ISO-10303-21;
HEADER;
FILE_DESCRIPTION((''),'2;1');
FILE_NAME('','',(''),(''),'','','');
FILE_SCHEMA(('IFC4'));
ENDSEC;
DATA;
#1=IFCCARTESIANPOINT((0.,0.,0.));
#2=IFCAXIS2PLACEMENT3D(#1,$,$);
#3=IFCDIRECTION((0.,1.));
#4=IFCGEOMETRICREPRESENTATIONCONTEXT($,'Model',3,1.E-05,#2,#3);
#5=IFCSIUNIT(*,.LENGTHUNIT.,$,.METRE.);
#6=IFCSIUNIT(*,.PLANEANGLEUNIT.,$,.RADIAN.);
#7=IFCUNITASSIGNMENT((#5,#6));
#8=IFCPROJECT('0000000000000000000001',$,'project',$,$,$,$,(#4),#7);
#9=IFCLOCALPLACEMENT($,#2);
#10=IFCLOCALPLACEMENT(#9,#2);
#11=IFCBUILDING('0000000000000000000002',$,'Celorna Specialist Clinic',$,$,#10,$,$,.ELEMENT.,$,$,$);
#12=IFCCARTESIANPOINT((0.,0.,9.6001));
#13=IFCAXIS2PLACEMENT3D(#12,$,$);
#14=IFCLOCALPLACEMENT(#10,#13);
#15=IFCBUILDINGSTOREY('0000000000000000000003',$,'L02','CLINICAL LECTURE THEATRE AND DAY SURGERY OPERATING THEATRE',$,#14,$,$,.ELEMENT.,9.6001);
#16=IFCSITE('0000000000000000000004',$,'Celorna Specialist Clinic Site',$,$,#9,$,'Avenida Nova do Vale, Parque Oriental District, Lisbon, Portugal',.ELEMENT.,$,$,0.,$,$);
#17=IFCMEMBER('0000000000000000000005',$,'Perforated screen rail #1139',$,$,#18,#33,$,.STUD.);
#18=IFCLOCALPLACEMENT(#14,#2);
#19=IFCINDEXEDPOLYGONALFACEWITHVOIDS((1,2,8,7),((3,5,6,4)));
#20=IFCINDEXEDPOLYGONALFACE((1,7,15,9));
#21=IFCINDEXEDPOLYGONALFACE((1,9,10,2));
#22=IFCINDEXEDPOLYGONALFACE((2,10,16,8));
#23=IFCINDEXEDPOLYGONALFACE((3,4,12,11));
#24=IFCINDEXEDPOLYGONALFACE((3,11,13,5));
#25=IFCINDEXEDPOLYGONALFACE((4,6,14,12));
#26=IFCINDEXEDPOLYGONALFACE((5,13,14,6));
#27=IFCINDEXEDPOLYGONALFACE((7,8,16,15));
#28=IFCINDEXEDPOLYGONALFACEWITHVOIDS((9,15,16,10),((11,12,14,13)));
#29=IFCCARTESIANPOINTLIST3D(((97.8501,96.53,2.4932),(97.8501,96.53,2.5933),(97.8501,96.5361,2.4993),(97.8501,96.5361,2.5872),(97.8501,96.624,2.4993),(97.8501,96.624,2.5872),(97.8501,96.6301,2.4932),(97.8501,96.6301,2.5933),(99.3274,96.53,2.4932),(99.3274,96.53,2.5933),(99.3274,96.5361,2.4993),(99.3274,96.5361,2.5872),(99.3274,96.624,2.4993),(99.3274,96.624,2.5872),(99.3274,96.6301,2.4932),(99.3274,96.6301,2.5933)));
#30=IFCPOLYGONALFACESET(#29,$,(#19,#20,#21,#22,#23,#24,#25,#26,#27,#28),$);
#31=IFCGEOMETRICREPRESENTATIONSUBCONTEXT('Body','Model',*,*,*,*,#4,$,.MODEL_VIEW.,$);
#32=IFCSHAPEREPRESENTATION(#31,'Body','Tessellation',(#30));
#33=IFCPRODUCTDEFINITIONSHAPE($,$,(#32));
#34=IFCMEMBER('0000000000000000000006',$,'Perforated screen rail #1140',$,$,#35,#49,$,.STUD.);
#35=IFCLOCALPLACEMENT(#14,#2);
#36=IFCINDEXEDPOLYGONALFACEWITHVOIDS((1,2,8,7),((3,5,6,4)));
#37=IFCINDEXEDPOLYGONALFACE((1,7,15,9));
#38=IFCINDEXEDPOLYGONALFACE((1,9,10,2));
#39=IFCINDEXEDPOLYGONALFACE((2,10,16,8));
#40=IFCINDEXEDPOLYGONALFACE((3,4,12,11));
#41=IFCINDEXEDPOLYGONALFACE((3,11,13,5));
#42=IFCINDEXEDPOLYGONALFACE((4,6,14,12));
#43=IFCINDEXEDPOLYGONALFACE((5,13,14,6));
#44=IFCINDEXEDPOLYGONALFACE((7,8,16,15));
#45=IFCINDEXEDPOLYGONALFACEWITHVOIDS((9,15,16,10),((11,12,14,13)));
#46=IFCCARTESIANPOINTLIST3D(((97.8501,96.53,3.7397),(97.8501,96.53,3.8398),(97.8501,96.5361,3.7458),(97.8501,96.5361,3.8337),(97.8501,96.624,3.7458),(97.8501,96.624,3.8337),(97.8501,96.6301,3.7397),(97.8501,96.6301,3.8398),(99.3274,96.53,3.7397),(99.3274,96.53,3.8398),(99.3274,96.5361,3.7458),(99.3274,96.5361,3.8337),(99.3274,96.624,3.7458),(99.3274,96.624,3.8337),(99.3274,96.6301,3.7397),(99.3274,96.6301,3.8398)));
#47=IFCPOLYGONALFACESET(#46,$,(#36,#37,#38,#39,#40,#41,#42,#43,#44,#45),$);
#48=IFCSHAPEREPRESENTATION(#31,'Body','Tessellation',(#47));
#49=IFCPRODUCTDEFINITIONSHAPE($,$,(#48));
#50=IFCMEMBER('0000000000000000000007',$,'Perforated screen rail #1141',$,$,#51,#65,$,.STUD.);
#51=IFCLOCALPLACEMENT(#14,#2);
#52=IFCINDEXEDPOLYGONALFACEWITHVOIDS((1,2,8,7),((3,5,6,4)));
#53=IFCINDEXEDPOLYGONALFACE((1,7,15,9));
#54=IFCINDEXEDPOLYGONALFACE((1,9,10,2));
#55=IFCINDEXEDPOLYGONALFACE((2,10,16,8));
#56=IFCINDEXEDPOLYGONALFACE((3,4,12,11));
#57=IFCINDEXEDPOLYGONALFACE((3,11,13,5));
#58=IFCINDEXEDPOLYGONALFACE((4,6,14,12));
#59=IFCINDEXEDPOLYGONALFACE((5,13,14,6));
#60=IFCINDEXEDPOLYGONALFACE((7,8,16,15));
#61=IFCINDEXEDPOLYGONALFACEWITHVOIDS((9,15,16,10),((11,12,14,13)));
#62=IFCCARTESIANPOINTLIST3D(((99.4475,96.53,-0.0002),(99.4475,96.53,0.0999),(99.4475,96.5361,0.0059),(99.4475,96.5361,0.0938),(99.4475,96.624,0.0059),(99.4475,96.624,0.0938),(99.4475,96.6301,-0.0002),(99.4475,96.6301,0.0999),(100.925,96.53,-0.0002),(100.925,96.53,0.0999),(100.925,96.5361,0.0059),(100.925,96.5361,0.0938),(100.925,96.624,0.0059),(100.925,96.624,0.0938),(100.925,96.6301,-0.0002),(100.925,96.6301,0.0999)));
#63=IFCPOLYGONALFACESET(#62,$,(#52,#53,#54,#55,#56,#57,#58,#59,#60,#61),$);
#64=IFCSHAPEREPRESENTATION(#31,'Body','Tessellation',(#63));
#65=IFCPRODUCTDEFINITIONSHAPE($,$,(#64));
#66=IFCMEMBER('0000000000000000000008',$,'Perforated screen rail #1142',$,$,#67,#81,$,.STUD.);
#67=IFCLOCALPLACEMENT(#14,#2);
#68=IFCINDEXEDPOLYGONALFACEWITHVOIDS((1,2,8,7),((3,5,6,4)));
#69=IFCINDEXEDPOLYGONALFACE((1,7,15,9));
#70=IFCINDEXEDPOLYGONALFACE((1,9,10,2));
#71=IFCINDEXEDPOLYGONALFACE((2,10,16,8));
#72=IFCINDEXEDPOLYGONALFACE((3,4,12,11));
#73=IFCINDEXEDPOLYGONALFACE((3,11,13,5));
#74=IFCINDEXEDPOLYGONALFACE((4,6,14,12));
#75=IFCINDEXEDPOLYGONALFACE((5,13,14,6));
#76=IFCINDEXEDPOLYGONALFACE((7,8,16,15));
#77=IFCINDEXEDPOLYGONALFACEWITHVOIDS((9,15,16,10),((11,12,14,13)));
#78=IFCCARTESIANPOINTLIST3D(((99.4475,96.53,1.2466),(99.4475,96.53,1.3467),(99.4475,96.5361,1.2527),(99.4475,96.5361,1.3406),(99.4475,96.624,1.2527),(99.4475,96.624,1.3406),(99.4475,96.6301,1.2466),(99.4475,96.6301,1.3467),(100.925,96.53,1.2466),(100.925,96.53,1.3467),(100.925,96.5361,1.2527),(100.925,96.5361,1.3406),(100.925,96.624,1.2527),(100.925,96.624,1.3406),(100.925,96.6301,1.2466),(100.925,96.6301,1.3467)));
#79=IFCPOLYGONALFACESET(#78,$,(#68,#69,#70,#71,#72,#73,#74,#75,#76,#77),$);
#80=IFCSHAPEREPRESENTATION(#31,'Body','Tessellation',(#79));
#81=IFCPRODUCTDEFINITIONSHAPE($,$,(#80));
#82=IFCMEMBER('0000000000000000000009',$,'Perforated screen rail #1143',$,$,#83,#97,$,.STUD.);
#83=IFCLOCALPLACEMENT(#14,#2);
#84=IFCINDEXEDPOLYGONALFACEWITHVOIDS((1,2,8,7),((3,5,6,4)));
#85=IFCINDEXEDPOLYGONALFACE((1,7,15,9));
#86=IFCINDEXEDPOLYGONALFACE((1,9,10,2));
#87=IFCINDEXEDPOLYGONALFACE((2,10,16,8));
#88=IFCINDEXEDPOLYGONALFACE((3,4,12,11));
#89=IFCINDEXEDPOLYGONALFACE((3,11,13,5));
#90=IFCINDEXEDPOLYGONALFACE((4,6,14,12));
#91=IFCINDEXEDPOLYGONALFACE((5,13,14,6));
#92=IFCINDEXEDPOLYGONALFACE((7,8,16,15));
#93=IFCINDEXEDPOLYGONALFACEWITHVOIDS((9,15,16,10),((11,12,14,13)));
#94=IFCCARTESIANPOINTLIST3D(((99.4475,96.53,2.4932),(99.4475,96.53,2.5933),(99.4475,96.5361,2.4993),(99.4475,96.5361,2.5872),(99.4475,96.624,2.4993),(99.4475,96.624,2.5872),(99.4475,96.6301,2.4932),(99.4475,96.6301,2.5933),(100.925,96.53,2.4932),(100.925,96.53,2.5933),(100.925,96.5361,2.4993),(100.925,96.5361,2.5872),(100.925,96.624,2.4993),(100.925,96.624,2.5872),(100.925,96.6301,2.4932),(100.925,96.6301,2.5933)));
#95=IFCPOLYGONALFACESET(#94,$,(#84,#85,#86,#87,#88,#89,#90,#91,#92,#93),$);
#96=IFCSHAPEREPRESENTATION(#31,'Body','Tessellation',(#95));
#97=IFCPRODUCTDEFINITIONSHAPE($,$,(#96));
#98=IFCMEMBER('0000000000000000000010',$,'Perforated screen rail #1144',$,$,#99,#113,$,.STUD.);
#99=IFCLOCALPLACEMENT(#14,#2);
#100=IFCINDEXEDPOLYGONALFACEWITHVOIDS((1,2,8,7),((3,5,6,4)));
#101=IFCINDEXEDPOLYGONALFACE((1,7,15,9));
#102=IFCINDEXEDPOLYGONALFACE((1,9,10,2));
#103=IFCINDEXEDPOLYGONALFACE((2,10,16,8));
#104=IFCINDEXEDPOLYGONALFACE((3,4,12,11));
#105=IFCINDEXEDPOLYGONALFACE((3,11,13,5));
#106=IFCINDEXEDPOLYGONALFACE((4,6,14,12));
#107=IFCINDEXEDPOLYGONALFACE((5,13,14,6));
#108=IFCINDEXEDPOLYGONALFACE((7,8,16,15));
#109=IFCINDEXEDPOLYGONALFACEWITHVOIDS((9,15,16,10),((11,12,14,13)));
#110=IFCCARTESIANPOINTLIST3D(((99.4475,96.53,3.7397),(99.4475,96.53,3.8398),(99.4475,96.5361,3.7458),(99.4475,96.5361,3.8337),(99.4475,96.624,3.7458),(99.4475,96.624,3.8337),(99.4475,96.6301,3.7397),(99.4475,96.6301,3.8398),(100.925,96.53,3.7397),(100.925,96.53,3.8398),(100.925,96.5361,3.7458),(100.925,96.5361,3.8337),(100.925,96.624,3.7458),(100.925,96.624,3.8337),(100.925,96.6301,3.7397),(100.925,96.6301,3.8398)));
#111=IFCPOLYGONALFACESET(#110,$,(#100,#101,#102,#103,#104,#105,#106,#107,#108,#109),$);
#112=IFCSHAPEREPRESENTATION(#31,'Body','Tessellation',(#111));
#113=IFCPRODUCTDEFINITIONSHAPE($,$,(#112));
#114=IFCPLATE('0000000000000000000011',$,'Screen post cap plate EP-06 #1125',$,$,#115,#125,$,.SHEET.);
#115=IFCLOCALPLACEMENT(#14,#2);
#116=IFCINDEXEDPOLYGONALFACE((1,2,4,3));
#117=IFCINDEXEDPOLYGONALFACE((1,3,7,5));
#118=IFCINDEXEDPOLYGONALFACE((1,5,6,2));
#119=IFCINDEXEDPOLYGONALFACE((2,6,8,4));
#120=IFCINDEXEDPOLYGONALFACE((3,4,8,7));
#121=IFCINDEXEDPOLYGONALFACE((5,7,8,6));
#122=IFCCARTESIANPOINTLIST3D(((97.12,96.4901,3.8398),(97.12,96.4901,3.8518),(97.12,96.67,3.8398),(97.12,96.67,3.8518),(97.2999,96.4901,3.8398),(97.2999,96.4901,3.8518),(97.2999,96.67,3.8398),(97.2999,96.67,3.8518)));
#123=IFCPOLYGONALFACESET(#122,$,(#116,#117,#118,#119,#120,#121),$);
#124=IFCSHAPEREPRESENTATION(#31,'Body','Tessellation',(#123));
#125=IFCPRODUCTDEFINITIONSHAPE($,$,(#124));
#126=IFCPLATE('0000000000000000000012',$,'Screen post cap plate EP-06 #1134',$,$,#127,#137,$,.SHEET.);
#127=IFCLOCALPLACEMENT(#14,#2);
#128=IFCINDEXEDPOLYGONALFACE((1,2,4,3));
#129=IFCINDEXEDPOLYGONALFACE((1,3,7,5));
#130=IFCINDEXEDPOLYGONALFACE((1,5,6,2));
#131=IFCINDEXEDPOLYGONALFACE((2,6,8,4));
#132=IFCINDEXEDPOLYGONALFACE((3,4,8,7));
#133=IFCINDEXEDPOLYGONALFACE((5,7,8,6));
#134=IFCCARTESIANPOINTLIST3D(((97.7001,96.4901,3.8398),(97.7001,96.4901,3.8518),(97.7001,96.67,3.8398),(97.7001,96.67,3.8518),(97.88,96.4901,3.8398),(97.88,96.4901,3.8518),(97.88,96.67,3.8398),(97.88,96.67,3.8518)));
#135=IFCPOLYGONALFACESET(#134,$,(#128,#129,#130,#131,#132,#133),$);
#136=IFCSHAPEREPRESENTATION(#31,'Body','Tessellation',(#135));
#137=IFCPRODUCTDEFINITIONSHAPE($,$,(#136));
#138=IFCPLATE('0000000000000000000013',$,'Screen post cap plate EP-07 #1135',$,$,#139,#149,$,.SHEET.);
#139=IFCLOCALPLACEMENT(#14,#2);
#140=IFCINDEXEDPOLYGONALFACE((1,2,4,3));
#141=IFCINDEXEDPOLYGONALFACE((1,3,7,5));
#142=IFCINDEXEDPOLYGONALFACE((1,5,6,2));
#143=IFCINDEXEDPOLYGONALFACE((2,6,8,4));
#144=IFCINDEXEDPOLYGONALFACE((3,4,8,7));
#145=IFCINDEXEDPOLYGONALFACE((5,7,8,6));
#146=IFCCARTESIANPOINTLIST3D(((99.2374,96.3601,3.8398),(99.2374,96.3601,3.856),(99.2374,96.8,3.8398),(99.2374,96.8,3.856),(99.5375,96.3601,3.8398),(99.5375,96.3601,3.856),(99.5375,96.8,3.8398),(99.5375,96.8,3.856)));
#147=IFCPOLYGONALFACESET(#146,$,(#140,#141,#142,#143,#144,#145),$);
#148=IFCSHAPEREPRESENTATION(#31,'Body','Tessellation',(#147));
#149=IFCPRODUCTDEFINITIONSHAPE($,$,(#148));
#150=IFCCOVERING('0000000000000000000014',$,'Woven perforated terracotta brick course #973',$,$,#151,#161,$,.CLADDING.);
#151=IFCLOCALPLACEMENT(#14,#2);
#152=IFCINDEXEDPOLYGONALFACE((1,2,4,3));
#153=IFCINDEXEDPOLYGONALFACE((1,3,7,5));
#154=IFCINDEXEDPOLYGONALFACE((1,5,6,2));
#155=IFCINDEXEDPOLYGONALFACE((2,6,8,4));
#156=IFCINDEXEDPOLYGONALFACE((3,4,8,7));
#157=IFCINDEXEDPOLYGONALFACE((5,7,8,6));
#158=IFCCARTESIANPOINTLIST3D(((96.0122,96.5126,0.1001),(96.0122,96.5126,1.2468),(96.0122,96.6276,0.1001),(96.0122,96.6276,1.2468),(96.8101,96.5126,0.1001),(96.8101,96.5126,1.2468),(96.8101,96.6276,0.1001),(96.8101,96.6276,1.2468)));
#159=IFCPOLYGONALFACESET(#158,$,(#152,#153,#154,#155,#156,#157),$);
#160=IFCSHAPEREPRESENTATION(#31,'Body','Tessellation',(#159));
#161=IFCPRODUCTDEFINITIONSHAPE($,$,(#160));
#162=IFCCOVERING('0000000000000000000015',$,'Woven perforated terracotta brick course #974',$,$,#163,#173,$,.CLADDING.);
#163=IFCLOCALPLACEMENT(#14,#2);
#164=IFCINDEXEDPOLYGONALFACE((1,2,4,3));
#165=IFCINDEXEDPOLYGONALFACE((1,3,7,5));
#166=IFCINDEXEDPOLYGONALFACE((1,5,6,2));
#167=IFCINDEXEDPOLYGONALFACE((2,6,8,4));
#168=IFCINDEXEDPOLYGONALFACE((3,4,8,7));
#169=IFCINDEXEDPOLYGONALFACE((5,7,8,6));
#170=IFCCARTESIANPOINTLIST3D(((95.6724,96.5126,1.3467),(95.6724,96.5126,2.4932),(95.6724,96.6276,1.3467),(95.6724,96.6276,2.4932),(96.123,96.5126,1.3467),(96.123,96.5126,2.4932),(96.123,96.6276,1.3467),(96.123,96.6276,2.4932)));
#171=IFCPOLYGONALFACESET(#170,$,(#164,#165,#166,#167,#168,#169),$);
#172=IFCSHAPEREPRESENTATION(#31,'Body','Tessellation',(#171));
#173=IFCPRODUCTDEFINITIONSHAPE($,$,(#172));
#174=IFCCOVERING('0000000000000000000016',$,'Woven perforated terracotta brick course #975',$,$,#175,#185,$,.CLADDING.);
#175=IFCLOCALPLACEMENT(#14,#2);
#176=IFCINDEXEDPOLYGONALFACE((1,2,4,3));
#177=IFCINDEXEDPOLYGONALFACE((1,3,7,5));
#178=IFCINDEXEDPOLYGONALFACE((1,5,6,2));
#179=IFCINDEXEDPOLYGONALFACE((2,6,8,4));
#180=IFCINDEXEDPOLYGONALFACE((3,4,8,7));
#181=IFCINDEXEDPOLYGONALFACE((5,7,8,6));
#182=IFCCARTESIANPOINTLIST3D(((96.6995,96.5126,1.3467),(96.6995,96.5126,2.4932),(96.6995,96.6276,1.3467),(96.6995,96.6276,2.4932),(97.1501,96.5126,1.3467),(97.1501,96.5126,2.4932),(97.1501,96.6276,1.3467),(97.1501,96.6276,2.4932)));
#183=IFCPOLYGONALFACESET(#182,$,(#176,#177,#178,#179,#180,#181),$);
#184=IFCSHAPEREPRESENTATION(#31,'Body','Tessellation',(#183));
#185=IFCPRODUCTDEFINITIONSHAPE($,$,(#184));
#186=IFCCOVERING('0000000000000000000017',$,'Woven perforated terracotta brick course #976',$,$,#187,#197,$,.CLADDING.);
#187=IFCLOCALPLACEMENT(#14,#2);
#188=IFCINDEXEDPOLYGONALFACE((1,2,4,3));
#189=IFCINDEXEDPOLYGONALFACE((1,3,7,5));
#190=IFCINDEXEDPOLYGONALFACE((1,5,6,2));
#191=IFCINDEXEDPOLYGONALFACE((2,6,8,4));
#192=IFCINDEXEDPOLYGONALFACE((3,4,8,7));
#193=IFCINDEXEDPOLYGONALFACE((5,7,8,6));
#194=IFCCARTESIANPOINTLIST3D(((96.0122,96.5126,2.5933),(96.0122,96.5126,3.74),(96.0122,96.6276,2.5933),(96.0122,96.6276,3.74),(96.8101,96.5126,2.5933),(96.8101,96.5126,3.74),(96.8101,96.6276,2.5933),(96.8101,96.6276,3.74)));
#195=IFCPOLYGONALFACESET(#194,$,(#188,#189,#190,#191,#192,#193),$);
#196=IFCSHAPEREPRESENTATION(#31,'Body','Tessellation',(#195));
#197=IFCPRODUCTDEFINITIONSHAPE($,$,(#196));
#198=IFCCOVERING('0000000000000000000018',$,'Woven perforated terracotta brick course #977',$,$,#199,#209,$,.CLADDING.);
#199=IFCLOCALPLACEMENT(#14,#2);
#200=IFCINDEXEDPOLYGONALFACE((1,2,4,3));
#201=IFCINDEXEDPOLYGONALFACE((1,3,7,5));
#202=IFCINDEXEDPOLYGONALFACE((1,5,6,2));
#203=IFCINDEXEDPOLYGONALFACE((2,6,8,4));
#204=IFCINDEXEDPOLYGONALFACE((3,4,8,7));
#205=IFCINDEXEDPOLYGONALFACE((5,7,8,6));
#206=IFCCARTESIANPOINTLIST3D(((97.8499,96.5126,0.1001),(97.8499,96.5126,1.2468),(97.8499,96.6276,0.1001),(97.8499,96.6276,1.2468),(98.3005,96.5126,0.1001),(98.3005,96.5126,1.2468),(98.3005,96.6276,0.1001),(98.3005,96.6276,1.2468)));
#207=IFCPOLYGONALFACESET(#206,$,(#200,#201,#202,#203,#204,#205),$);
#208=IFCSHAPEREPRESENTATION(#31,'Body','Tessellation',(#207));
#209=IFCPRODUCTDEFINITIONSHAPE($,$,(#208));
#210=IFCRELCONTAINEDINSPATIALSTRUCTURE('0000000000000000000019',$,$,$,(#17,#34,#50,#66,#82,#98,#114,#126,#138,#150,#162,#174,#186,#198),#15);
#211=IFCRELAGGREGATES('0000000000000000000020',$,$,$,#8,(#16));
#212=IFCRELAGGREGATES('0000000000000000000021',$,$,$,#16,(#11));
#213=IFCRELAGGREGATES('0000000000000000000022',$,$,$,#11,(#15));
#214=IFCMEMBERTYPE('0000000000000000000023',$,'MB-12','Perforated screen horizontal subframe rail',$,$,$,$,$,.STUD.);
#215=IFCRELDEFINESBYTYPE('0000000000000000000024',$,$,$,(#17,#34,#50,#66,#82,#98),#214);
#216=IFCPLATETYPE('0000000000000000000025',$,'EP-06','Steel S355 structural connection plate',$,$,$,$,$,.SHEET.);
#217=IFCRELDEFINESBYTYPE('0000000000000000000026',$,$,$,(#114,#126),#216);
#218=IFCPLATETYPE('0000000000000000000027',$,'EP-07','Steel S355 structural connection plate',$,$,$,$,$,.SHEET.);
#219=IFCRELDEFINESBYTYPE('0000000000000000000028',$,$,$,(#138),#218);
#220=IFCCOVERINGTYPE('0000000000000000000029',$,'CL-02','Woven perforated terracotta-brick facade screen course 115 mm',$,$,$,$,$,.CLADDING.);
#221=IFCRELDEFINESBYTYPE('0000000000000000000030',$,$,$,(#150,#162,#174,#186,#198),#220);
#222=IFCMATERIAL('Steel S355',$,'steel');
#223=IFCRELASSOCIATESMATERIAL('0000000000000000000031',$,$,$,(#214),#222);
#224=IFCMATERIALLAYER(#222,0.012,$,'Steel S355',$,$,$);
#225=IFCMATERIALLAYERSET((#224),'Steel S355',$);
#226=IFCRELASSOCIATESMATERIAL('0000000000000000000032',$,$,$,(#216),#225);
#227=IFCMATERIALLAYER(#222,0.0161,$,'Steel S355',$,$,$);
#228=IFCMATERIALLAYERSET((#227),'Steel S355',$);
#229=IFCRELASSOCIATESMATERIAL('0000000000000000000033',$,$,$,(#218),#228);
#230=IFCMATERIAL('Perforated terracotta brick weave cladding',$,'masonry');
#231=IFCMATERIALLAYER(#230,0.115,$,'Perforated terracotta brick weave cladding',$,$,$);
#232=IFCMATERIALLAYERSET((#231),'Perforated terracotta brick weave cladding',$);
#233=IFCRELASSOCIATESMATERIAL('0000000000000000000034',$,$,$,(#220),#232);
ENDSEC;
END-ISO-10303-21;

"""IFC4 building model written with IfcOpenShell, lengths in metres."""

from ifc_helpers import new_model, si_unit, direction, frame, origin, origin_2d, place, context, subcontext, project, spatial, rectangle, hollow_rectangle, extrude, material, layer, layer_set, material_profile, profile_set, type_object, element, save


model = new_model("IFC4")

# Units and contexts
model_context = context("Model", 3, precision=1e-05, world=origin(), true_north=direction((0.0, 1.0)))
body_context = subcontext(model_context, "Body", "Model", "MODEL_VIEW")
ifc_project = project(units=[si_unit("LENGTHUNIT", "METRE"), si_unit("PLANEANGLEUNIT", "RADIAN")], contexts=[model_context])

# Site, building, storey
site_placement = place(None, origin())
site = spatial("IfcSite", under=ifc_project, at=site_placement, Name="Celorna Specialist Clinic Site", LongName="Avenida Nova do Vale, Parque Oriental District, Lisbon, Portugal", CompositionType="ELEMENT", RefElevation=0.0)
building_placement = place(site_placement, origin())
building = spatial("IfcBuilding", under=site, at=building_placement, Name="Celorna Specialist Clinic", CompositionType="ELEMENT")
storey_placement = place(building_placement, frame((0.0, 0.0, 9.6001)))
storey = spatial("IfcBuildingStorey", under=building, at=storey_placement, Name="L02", Description="CLINICAL LECTURE THEATRE AND DAY SURGERY OPERATING THEATRE", CompositionType="ELEMENT", Elevation=9.6001)

# Shared definitions
ifc_material_1 = material(Name="Steel S355", Category="steel")

# Members
ifc_material_profile_1 = material_profile(ifc_material_1, hollow_rectangle(XDim=0.1001, YDim=0.1001, WallThickness=0.0061, at=origin_2d()), Name="SHS 100x100x6")
ifc_profile_set_1 = profile_set([ifc_material_profile_1], Name="Steel S355")
member_type_1 = type_object("IfcMemberType", Name="MB-12", Description="Perforated screen horizontal subframe rail", PredefinedType="STUD", material=ifc_profile_set_1)
for number, where, z_axis, x_axis, name in (
    (1, (97.8501, 96.5801, 2.5432), (1.0, 0.0, 0.0), (0.0, 1.0, 0.0), "Perforated screen rail #1139"),
    (2, (97.8501, 96.5801, 3.7898), (1.0, 0.0, 0.0), (0.0, 1.0, 0.0), "Perforated screen rail #1140"),
):
    element("IfcMember", number, at=place(storey_placement, frame(where, z_axis=z_axis, x_axis=x_axis)), inside=storey, type_object=member_type_1, Name=name, PredefinedType="STUD", context=body_context, shape_type="SweptSolid", body=[
        extrude(hollow_rectangle(XDim=0.1001, YDim=0.1001, WallThickness=0.0061, at=origin_2d()), origin(), (0.0, 0.0, 1.0), 1.4773),
    ])
for number, where, z_axis, x_axis, name in (
    (3, (99.4475, 96.5801, 0.0498), (1.0, 0.0, 0.0), (0.0, 1.0, 0.0), "Perforated screen rail #1141"),
    (4, (99.4475, 96.5801, 1.2966), (1.0, 0.0, 0.0), (0.0, 1.0, 0.0), "Perforated screen rail #1142"),
    (5, (99.4475, 96.5801, 2.5432), (1.0, 0.0, 0.0), (0.0, 1.0, 0.0), "Perforated screen rail #1143"),
    (6, (99.4475, 96.5801, 3.7898), (1.0, 0.0, 0.0), (0.0, 1.0, 0.0), "Perforated screen rail #1144"),
):
    element("IfcMember", number, at=place(storey_placement, frame(where, z_axis=z_axis, x_axis=x_axis)), inside=storey, type_object=member_type_1, Name=name, PredefinedType="STUD", context=body_context, shape_type="SweptSolid", body=[
        extrude(hollow_rectangle(XDim=0.1001, YDim=0.1001, WallThickness=0.0061, at=origin_2d()), origin(), (0.0, 0.0, 1.0), 1.4775),
    ])

# Plates
ifc_layer_1 = layer(ifc_material_1, 0.012, Name="Steel S355")
ifc_layer_set_1 = layer_set([ifc_layer_1], Name="Steel S355")
plate_type_1 = type_object("IfcPlateType", Name="EP-06", Description="Steel S355 structural connection plate", PredefinedType="SHEET", material=ifc_layer_set_1)
for number, where, z_axis, x_axis, name in (
    (7, (97.21, 96.5801, 3.8398), (0.0, 0.0, 1.0), (1.0, 0.0, 0.0), "Screen post cap plate EP-06 #1125"),
    (8, (97.79, 96.5801, 3.8398), (0.0, 0.0, 1.0), (1.0, 0.0, 0.0), "Screen post cap plate EP-06 #1134"),
):
    element("IfcPlate", number, at=place(storey_placement, frame(where, z_axis=z_axis, x_axis=x_axis)), inside=storey, type_object=plate_type_1, Name=name, PredefinedType="SHEET", context=body_context, shape_type="SweptSolid", body=[
        extrude(rectangle(XDim=0.1799, YDim=0.1799, at=origin_2d()), origin(), (0.0, 0.0, 1.0), 0.012),
    ])
ifc_layer_2 = layer(ifc_material_1, 0.0161, Name="Steel S355")
ifc_layer_set_2 = layer_set([ifc_layer_2], Name="Steel S355")
plate_type_2 = type_object("IfcPlateType", Name="EP-07", Description="Steel S355 structural connection plate", PredefinedType="SHEET", material=ifc_layer_set_2)
plate_placement = place(storey_placement, frame((99.3875, 96.5801, 3.8398), z_axis=(0.0, 0.0, 1.0), x_axis=(1.0, 0.0, 0.0)))
element("IfcPlate", 9, at=plate_placement, inside=storey, type_object=plate_type_2, Name="Screen post cap plate EP-07 #1135", PredefinedType="SHEET", context=body_context, shape_type="SweptSolid", body=[
    extrude(rectangle(XDim=0.3, YDim=0.4399, at=origin_2d()), origin(), (0.0, 0.0, 1.0), 0.0161),
])

# Coverings
ifc_material_2 = material(Name="Perforated terracotta brick weave cladding", Category="masonry")
ifc_layer_3 = layer(ifc_material_2, 0.115, Name="Perforated terracotta brick weave cladding")
ifc_layer_set_3 = layer_set([ifc_layer_3], Name="Perforated terracotta brick weave cladding")
covering_type = type_object("IfcCoveringType", Name="CL-02", Description="Woven perforated terracotta-brick facade screen course 115 mm", PredefinedType="CLADDING", material=ifc_layer_set_3)
covering_1_placement = place(storey_placement, frame((96.4111, 96.5701, 0.1001), z_axis=(0.0, 0.0, 1.0), x_axis=(1.0, 0.0, 0.0)))
element("IfcCovering", 10, at=covering_1_placement, inside=storey, type_object=covering_type, Name="Woven perforated terracotta brick course #973", PredefinedType="CLADDING", context=body_context, shape_type="SweptSolid", body=[
    extrude(rectangle(XDim=0.7979, YDim=0.115, at=origin_2d()), origin(), (0.0, 0.0, 1.0), 1.1467),
])
for number, where, z_axis, x_axis, name in (
    (11, (95.8977, 96.5701, 1.3467), (0.0, 0.0, 1.0), (1.0, 0.0, 0.0), "Woven perforated terracotta brick course #974"),
    (12, (96.9248, 96.5701, 1.3467), (0.0, 0.0, 1.0), (1.0, 0.0, 0.0), "Woven perforated terracotta brick course #975"),
):
    element("IfcCovering", number, at=place(storey_placement, frame(where, z_axis=z_axis, x_axis=x_axis)), inside=storey, type_object=covering_type, Name=name, PredefinedType="CLADDING", context=body_context, shape_type="SweptSolid", body=[
        extrude(rectangle(XDim=0.4507, YDim=0.115, at=origin_2d()), origin(), (0.0, 0.0, 1.0), 1.1465),
    ])
covering_2_placement = place(storey_placement, frame((96.4111, 96.5701, 2.5933), z_axis=(0.0, 0.0, 1.0), x_axis=(1.0, 0.0, 0.0)))
element("IfcCovering", 13, at=covering_2_placement, inside=storey, type_object=covering_type, Name="Woven perforated terracotta brick course #976", PredefinedType="CLADDING", context=body_context, shape_type="SweptSolid", body=[
    extrude(rectangle(XDim=0.7979, YDim=0.115, at=origin_2d()), origin(), (0.0, 0.0, 1.0), 1.1467),
])
for number, where, z_axis, x_axis, name in (
    (14, (98.0752, 96.5701, 0.1001), (0.0, 0.0, 1.0), (1.0, 0.0, 0.0), "Woven perforated terracotta brick course #977"),
):
    element("IfcCovering", number, at=place(storey_placement, frame(where, z_axis=z_axis, x_axis=x_axis)), inside=storey, type_object=covering_type, Name=name, PredefinedType="CLADDING", context=body_context, shape_type="SweptSolid", body=[
        extrude(rectangle(XDim=0.4507, YDim=0.115, at=origin_2d()), origin(), (0.0, 0.0, 1.0), 1.1467),
    ])

save(model, "model.ifc")
